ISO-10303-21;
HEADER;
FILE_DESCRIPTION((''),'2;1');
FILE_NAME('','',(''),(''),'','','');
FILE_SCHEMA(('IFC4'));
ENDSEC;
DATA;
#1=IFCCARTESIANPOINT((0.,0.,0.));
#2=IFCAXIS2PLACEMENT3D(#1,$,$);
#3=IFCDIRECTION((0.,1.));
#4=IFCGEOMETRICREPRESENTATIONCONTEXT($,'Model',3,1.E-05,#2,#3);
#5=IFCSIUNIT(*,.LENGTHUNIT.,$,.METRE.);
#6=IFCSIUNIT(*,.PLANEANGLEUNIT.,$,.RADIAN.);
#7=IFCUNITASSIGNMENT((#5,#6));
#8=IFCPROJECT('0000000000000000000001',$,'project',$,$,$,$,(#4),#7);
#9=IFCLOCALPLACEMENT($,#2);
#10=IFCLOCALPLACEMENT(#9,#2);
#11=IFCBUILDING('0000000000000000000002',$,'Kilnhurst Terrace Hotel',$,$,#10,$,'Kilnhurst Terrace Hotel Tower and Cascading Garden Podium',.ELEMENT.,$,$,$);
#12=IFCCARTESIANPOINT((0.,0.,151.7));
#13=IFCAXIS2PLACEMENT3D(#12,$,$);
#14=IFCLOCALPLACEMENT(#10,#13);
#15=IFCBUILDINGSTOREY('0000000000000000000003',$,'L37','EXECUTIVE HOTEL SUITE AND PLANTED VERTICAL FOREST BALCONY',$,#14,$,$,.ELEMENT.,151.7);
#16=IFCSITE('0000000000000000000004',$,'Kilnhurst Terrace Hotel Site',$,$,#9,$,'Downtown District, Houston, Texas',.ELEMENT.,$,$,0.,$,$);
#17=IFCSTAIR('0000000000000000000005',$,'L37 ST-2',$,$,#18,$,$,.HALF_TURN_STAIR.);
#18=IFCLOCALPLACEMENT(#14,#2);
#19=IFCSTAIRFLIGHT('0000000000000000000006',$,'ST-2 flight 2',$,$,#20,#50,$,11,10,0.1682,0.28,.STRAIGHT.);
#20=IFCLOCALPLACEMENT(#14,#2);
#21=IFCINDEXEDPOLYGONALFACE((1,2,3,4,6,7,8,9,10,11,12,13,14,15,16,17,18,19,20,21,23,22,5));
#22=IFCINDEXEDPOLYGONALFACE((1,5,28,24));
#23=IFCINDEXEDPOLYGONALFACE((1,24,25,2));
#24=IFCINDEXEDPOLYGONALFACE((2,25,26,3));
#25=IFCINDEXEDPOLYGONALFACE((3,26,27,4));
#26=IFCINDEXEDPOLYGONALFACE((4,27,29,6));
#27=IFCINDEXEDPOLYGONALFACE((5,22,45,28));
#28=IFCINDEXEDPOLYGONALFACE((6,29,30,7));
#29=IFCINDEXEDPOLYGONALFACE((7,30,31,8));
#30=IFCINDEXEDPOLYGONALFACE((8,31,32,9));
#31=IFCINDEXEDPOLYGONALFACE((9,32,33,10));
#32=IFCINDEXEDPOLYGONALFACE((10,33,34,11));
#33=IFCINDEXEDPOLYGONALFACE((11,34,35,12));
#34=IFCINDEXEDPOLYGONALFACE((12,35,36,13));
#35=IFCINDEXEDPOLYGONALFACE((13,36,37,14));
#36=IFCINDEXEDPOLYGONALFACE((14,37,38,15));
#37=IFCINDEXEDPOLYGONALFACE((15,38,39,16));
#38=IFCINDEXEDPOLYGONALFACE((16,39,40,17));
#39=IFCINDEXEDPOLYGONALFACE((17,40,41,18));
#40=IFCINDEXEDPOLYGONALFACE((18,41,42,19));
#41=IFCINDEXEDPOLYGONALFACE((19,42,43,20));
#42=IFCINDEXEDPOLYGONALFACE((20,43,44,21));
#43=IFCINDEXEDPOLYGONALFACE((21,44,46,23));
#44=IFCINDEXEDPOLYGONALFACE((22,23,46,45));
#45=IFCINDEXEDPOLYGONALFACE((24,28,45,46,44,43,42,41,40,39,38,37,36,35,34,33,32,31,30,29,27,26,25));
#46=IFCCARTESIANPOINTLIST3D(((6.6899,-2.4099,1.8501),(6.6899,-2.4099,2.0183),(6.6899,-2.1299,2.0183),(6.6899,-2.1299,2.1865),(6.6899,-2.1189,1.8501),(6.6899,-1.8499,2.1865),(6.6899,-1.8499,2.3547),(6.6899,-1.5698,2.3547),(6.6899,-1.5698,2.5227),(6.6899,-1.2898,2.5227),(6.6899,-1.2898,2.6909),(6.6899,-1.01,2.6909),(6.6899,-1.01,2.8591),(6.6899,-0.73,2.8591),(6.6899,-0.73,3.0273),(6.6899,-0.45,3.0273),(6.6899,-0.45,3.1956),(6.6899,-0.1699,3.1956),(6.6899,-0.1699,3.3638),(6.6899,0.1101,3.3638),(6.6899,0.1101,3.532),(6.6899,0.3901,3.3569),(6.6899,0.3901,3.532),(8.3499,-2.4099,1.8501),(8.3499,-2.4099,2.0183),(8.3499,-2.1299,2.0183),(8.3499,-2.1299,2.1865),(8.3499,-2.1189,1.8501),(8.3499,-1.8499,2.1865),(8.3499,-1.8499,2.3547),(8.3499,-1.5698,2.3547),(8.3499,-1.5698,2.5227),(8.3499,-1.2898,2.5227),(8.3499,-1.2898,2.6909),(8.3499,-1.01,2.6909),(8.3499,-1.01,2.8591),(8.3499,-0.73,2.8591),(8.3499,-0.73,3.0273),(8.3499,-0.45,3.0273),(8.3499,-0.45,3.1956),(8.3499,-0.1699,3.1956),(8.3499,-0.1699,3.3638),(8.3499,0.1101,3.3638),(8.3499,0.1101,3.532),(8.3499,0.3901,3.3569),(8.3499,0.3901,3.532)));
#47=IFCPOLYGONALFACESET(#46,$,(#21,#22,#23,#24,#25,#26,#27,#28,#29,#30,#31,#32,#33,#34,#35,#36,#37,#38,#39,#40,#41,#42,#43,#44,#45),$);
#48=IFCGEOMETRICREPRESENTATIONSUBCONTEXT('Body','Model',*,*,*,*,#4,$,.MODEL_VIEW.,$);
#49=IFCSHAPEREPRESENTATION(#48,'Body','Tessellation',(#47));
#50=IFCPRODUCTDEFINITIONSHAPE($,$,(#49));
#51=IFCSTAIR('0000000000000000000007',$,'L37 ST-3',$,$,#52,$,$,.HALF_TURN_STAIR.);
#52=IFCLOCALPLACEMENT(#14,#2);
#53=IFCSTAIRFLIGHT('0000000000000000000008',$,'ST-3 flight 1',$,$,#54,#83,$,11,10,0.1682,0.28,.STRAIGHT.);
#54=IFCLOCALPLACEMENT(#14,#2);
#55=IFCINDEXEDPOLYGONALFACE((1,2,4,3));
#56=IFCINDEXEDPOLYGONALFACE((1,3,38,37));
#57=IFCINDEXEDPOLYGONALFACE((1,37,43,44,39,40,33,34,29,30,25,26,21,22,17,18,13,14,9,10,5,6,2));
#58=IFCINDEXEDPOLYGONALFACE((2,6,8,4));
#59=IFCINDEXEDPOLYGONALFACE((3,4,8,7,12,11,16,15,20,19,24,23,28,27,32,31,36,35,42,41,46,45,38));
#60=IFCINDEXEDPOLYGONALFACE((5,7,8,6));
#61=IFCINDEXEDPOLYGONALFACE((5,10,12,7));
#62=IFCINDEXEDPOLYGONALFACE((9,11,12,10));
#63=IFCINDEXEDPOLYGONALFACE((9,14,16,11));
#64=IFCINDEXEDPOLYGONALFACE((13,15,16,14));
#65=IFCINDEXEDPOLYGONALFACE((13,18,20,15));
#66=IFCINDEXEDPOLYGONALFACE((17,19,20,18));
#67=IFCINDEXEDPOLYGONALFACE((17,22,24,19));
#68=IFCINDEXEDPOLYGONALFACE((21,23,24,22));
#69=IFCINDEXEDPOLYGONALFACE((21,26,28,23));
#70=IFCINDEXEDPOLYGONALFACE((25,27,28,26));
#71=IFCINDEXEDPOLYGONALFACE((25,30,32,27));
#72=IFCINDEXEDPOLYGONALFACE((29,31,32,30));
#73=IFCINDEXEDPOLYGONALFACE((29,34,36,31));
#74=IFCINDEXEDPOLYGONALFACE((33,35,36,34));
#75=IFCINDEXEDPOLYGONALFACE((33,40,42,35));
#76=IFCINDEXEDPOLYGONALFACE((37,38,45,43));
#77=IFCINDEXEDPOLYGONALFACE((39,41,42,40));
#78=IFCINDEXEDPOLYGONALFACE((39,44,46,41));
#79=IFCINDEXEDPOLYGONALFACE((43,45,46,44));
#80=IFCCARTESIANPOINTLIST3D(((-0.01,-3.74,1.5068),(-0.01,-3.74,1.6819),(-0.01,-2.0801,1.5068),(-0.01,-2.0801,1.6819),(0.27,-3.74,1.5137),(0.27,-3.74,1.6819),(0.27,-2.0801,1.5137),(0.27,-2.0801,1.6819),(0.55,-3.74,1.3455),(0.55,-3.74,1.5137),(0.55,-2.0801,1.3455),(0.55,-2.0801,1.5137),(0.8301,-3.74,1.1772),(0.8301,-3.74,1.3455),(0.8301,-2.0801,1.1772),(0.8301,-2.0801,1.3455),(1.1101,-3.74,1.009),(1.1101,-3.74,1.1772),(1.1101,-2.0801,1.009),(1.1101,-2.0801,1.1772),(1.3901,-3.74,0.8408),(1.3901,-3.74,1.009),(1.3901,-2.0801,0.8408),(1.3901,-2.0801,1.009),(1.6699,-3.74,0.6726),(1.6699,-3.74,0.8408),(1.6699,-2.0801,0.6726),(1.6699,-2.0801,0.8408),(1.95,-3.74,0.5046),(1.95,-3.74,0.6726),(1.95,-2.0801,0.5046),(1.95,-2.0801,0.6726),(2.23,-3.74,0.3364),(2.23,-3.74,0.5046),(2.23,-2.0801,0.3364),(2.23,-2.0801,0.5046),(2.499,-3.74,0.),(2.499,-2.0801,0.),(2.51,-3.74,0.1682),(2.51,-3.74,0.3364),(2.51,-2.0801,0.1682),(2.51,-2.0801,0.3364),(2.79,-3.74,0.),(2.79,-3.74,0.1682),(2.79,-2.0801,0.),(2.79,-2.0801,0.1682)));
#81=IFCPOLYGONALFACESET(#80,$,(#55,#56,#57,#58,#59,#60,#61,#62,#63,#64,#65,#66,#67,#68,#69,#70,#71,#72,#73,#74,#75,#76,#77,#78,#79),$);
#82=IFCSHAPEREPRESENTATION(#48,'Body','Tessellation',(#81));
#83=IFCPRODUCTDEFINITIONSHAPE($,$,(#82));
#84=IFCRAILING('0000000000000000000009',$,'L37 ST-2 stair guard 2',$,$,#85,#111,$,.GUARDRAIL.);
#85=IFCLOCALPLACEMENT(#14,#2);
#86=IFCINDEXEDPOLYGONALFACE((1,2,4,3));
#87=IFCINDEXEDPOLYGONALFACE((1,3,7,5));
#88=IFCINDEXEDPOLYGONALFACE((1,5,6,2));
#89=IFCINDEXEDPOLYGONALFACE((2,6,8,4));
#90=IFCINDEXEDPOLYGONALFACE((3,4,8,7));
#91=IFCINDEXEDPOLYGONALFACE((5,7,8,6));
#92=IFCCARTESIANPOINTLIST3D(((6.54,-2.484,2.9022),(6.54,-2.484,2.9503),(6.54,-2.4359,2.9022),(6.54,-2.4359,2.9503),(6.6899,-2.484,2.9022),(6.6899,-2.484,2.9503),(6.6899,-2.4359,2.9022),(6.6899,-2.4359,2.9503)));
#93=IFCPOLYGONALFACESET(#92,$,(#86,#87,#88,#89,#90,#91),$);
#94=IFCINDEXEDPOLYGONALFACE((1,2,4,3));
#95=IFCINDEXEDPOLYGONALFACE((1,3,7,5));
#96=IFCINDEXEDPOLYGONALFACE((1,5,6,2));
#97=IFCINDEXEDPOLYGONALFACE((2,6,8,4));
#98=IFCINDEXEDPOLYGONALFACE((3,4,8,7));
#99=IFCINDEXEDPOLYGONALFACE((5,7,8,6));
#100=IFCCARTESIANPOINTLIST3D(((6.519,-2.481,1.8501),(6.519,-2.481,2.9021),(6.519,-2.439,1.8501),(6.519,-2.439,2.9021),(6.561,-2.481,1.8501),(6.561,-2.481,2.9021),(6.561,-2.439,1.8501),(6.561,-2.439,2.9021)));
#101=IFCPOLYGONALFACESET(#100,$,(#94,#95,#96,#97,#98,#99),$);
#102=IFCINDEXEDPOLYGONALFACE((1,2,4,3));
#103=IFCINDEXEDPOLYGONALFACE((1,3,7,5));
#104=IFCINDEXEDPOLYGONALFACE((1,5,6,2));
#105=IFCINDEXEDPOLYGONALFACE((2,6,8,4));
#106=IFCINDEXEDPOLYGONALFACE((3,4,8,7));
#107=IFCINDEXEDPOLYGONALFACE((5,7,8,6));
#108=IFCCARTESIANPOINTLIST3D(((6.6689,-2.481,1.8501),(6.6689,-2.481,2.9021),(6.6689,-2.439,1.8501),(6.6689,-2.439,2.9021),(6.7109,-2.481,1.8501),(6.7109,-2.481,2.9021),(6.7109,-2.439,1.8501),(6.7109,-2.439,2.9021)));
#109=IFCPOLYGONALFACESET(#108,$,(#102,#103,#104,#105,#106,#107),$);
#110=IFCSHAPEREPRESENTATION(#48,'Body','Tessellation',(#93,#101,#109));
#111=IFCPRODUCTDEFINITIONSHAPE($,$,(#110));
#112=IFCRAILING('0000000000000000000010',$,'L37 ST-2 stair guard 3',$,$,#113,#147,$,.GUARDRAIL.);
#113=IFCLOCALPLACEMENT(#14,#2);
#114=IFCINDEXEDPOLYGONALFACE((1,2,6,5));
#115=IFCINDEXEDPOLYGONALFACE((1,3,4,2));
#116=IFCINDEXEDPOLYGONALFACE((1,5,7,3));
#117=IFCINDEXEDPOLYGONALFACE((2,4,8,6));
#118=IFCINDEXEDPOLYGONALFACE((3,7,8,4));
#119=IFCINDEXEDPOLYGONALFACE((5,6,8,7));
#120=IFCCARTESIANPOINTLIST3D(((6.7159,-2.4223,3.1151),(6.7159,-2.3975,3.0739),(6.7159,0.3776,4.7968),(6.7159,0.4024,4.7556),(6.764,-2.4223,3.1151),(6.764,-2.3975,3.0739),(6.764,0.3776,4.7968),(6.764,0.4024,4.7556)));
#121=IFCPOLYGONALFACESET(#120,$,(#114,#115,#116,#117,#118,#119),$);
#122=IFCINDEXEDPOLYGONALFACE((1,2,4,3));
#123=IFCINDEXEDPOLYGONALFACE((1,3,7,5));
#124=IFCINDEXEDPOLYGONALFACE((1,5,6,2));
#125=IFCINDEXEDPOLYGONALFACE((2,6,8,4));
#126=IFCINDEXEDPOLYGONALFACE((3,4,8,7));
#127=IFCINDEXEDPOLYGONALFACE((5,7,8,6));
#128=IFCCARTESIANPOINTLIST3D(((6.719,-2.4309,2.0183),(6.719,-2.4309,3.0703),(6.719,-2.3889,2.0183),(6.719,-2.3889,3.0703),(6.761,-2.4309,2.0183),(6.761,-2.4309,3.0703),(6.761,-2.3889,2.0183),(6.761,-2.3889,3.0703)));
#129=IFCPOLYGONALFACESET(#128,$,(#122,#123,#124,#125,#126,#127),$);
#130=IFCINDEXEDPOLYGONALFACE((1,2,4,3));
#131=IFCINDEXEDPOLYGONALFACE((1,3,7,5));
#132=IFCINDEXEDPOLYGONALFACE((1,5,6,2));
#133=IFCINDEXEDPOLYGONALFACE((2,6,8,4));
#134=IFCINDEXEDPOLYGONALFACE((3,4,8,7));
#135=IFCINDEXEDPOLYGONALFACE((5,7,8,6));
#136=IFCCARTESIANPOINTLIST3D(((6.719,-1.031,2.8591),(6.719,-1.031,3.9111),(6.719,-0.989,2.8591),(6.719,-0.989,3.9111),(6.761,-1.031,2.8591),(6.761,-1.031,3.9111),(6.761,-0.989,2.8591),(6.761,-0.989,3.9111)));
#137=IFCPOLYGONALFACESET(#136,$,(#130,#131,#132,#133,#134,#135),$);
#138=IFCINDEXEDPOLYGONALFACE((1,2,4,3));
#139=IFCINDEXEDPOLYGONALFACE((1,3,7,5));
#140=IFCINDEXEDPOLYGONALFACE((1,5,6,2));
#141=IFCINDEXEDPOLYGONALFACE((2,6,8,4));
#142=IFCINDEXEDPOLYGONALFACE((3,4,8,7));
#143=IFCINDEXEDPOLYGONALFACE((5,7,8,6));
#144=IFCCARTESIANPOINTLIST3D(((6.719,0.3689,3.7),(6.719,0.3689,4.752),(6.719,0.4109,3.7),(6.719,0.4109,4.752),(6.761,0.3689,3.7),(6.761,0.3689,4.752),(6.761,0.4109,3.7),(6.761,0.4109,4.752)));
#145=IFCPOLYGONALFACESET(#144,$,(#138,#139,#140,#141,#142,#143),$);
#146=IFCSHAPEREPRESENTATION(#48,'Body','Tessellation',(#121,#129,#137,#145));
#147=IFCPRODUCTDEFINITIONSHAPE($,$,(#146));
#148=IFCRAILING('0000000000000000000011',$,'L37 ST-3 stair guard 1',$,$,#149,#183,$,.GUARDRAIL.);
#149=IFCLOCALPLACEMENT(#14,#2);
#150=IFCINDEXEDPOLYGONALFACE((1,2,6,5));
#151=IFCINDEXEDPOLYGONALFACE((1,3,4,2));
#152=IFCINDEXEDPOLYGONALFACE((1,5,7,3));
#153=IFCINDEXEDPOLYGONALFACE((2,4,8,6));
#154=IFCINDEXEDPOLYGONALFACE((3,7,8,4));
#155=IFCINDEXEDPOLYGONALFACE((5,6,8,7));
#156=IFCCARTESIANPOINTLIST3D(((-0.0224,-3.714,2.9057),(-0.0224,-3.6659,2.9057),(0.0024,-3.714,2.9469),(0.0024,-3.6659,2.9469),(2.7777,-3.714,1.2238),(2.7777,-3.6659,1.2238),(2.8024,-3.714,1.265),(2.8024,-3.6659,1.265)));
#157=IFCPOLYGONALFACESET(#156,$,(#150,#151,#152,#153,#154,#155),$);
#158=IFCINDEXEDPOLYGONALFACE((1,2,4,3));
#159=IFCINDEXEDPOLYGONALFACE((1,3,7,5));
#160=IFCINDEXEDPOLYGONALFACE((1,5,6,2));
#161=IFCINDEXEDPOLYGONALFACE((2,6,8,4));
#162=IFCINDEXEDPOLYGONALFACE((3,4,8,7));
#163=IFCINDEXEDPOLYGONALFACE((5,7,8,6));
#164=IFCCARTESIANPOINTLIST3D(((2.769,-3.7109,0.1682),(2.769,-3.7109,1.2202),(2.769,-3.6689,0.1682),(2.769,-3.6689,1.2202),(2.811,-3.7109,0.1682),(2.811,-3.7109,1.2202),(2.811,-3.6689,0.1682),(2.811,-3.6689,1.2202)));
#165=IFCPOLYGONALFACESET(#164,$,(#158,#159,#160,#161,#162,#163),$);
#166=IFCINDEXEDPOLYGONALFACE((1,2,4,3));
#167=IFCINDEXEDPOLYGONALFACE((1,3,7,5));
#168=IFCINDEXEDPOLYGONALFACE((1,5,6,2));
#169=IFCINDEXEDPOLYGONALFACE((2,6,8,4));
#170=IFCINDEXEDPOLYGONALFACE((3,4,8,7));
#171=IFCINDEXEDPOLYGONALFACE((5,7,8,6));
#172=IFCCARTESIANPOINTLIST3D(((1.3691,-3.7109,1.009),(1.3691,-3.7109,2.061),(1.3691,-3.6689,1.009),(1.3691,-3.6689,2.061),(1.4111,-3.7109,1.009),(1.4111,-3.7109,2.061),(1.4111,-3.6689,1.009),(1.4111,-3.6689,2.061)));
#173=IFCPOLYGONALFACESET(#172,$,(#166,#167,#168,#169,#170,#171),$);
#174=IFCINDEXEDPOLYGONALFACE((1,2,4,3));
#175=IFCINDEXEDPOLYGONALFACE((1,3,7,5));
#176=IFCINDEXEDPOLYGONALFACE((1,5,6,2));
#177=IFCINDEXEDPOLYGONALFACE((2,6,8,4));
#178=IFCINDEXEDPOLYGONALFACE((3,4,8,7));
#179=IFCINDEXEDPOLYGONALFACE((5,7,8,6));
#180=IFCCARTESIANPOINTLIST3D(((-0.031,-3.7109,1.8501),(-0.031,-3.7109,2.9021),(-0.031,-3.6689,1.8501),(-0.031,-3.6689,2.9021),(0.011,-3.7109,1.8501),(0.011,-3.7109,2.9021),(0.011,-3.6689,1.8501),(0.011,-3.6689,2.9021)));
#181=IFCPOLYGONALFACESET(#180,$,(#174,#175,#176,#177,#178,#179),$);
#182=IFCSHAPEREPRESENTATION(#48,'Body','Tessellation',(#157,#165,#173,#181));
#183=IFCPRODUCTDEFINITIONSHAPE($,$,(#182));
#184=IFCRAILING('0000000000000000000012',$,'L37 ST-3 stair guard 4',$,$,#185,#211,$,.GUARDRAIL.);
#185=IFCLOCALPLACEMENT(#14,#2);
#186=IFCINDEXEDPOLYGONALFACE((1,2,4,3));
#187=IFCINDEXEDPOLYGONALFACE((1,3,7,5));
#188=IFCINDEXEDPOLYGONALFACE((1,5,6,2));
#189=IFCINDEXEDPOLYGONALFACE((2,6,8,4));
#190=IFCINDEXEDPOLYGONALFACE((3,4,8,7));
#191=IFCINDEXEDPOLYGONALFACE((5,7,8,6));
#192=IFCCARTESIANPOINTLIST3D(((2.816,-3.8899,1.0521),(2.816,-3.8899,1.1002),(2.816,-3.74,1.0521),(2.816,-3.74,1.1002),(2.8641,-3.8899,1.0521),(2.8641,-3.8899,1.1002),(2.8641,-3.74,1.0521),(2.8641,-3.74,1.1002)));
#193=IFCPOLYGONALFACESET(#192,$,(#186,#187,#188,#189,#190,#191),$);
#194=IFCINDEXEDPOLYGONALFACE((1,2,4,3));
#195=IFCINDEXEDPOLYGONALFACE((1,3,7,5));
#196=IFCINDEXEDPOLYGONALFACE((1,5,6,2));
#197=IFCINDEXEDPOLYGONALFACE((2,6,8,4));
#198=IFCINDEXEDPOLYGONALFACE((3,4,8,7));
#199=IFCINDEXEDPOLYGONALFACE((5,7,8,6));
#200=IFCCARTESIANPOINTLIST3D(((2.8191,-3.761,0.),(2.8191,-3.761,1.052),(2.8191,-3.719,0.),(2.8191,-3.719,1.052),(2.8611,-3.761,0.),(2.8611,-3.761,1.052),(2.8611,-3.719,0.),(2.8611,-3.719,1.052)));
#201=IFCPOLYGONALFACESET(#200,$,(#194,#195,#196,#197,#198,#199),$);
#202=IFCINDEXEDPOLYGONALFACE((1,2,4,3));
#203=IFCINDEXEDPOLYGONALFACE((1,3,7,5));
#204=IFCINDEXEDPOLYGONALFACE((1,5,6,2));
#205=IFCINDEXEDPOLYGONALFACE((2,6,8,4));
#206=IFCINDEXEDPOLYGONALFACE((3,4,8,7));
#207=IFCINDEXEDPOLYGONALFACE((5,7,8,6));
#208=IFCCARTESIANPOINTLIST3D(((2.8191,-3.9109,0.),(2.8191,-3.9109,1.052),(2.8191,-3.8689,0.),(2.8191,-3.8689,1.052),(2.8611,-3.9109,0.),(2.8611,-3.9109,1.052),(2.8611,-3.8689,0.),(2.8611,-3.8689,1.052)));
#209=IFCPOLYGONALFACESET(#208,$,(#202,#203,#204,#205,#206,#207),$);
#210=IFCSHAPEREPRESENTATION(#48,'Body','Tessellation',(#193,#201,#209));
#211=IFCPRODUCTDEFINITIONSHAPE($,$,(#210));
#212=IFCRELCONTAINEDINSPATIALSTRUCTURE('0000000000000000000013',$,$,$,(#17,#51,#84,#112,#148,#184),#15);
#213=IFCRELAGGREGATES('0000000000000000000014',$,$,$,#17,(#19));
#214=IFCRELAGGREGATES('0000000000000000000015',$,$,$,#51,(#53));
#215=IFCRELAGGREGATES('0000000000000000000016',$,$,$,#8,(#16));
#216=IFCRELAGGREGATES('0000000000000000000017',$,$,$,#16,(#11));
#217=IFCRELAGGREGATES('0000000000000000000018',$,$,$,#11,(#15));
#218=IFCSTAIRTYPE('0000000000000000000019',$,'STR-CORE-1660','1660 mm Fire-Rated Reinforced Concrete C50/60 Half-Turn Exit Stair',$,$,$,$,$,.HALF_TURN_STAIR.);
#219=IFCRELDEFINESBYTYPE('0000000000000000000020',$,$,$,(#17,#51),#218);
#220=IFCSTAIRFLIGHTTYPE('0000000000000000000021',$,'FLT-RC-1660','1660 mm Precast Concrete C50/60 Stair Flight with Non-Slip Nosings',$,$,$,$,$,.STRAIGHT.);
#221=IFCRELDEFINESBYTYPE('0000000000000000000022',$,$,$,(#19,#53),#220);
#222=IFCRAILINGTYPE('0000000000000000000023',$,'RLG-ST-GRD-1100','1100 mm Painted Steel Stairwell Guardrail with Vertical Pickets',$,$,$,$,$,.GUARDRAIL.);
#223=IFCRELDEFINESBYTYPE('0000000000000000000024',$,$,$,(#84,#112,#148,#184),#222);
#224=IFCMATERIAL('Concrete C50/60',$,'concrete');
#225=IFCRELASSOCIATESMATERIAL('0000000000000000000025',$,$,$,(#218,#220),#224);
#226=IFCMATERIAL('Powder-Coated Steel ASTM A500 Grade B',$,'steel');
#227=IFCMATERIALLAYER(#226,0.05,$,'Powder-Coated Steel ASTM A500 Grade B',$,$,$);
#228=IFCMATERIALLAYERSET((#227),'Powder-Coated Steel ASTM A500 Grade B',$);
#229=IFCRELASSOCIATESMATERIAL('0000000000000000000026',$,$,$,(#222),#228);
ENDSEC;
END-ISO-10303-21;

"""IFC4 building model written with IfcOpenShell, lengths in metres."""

from ifc_helpers import new_model, si_unit, direction, frame, origin, origin_2d, place, context, subcontext, project, spatial, polyline, rectangle, outline, extrude, material, layer, layer_set, type_object, element, aggregate, save


model = new_model("IFC4")

# Units and contexts
model_context = context("Model", 3, precision=1e-05, world=origin(), true_north=direction((0.0, 1.0)))
body_context = subcontext(model_context, "Body", "Model", "MODEL_VIEW")
ifc_project = project(units=[si_unit("LENGTHUNIT", "METRE"), si_unit("PLANEANGLEUNIT", "RADIAN")], contexts=[model_context])

# Site, building, storey
site_placement = place(None, origin())
site = spatial("IfcSite", under=ifc_project, at=site_placement, Name="Kilnhurst Terrace Hotel Site", LongName="Downtown District, Houston, Texas", CompositionType="ELEMENT", RefElevation=0.0)
building_placement = place(site_placement, origin())
building = spatial("IfcBuilding", under=site, at=building_placement, Name="Kilnhurst Terrace Hotel", LongName="Kilnhurst Terrace Hotel Tower and Cascading Garden Podium", CompositionType="ELEMENT")
storey_placement = place(building_placement, frame((0.0, 0.0, 151.7)))
storey = spatial("IfcBuildingStorey", under=building, at=storey_placement, Name="L37", Description="EXECUTIVE HOTEL SUITE AND PLANTED VERTICAL FOREST BALCONY", CompositionType="ELEMENT", Elevation=151.7)

# Shared definitions
ifc_material_1 = material(Name="Concrete C50/60", Category="concrete")

# Stairs, stair flights
stair_type = type_object("IfcStairType", Name="STR-CORE-1660", Description="1660 mm Fire-Rated Reinforced Concrete C50/60 Half-Turn Exit Stair", PredefinedType="HALF_TURN_STAIR", material=ifc_material_1)
stair_1_placement = place(storey_placement, origin())
stair_1 = element("IfcStair", 1, at=stair_1_placement, inside=storey, type_object=stair_type, Name="L37 ST-2", PredefinedType="HALF_TURN_STAIR")
stair_flight_type = type_object("IfcStairFlightType", Name="FLT-RC-1660", Description="1660 mm Precast Concrete C50/60 Stair Flight with Non-Slip Nosings", PredefinedType="STRAIGHT", material=ifc_material_1)
stair_flight_1_placement = place(storey_placement, frame((7.52, -2.4099, 1.8501), z_axis=(0.0, 0.0, 1.0), x_axis=(0.0, 1.0, 0.0)))
stair_flight_1 = element("IfcStairFlight", 2, at=stair_flight_1_placement, type_object=stair_flight_type, Name="ST-2 flight 2", NumberOfRisers=11, NumberOfTreads=10, PredefinedType="STRAIGHT", RiserHeight=0.1682, TreadLength=0.28, context=body_context, shape_type="SweptSolid", body=[
    extrude(outline(polyline([(0.0, 0.0), (0.0, 0.1682), (0.28, 0.1682), (0.28, 0.3364), (0.5601, 0.3364), (0.5601, 0.5046), (0.8401, 0.5046), (0.8401, 0.6726), (1.1201, 0.6726), (1.1201, 0.8408), (1.3999, 0.8408), (1.3999, 1.009), (1.6799, 1.009), (1.6799, 1.1772), (1.96, 1.1772), (1.96, 1.3455), (2.24, 1.3455), (2.24, 1.5137), (2.52, 1.5137), (2.52, 1.6819), (2.8, 1.6819), (2.8, 1.8501), (2.8, 1.5068), (0.291, 0.0), (0.0, 0.0)])), frame((0.0, 0.8301, 0.0), z_axis=(0.0, -1.0, 0.0), x_axis=(1.0, 0.0, 0.0)), (0.0, 0.0, 1.0), 1.6599),
])
aggregate(stair_1, [stair_flight_1])
stair_2_placement = place(storey_placement, origin())
stair_2 = element("IfcStair", 3, at=stair_2_placement, inside=storey, type_object=stair_type, Name="L37 ST-3", PredefinedType="HALF_TURN_STAIR")
stair_flight_2_placement = place(storey_placement, frame((2.79, -2.9099, 0.0), z_axis=(0.0, 0.0, 1.0), x_axis=(-1.0, 0.0, 0.0)))
stair_flight_2 = element("IfcStairFlight", 4, at=stair_flight_2_placement, type_object=stair_flight_type, Name="ST-3 flight 1", NumberOfRisers=11, NumberOfTreads=10, PredefinedType="STRAIGHT", RiserHeight=0.1682, TreadLength=0.28, context=body_context, shape_type="SweptSolid", body=[
    extrude(outline(polyline([(0.0, 0.0), (0.0, 0.1682), (0.28, 0.1682), (0.28, 0.3364), (0.5601, 0.3364), (0.5601, 0.5046), (0.8401, 0.5046), (0.8401, 0.6726), (1.1201, 0.6726), (1.1201, 0.8408), (1.3999, 0.8408), (1.3999, 1.009), (1.6799, 1.009), (1.6799, 1.1772), (1.96, 1.1772), (1.96, 1.3455), (2.24, 1.3455), (2.24, 1.5137), (2.52, 1.5137), (2.52, 1.6819), (2.8, 1.6819), (2.8, 1.8501), (2.8, 1.5068), (0.291, 0.0), (0.0, 0.0)])), frame((0.0, 0.8301, 0.0), z_axis=(0.0, -1.0, 0.0), x_axis=(1.0, 0.0, 0.0)), (0.0, 0.0, 1.0), 1.6599),
])
aggregate(stair_2, [stair_flight_2])

# Railings
ifc_material_2 = material(Name="Powder-Coated Steel ASTM A500 Grade B", Category="steel")
ifc_layer_1 = layer(ifc_material_2, 0.05, Name="Powder-Coated Steel ASTM A500 Grade B")
ifc_layer_set_1 = layer_set([ifc_layer_1], Name="Powder-Coated Steel ASTM A500 Grade B")
railing_type_1 = type_object("IfcRailingType", Name="RLG-ST-GRD-1100", Description="1100 mm Painted Steel Stairwell Guardrail with Vertical Pickets", PredefinedType="GUARDRAIL", material=ifc_layer_set_1)
railing_1_placement = place(storey_placement, frame((6.54, -2.46, 1.8501)))
element("IfcRailing", 5, at=railing_1_placement, inside=storey, type_object=railing_type_1, Name="L37 ST-2 stair guard 2", PredefinedType="GUARDRAIL", context=body_context, shape_type="SweptSolid", body=[
    extrude(rectangle(XDim=0.0481, YDim=0.0481, at=origin_2d()), frame((0.0, 0.0, 1.0762), z_axis=(1.0, 0.0, 0.0), x_axis=(0.0, 1.0, 0.0)), (0.0, 0.0, 1.0), 0.1499),
    extrude(rectangle(XDim=0.042, YDim=0.042, at=origin_2d()), origin(), (0.0, 0.0, 1.0), 1.052),
    extrude(rectangle(XDim=0.042, YDim=0.042, at=origin_2d()), frame((0.1499, 0.0, 0.0)), (0.0, 0.0, 1.0), 1.052),
])
railing_2_placement = place(storey_placement, frame((6.74, -2.4099, 2.0183)))
element("IfcRailing", 6, at=railing_2_placement, inside=storey, type_object=railing_type_1, Name="L37 ST-2 stair guard 3", PredefinedType="GUARDRAIL", context=body_context, shape_type="SweptSolid", body=[
    extrude(rectangle(XDim=0.0481, YDim=0.0481, at=origin_2d()), frame((0.0, 0.0, 1.0762), z_axis=(0.0, 0.857255, 0.514891), x_axis=(-1.0, 0.0, 0.0)), (0.0, 0.0, 1.0), 3.2661),
    extrude(rectangle(XDim=0.042, YDim=0.042, at=origin_2d()), origin(), (0.0, 0.0, 1.0), 1.052),
    extrude(rectangle(XDim=0.042, YDim=0.042, at=origin_2d()), frame((0.0, 1.3999, 0.8408)), (0.0, 0.0, 1.0), 1.052),
    extrude(rectangle(XDim=0.042, YDim=0.042, at=origin_2d()), frame((0.0, 2.7998, 1.6816)), (0.0, 0.0, 1.0), 1.052),
])
railing_3_placement = place(storey_placement, frame((2.79, -3.6899, 0.1682)))
element("IfcRailing", 7, at=railing_3_placement, inside=storey, type_object=railing_type_1, Name="L37 ST-3 stair guard 1", PredefinedType="GUARDRAIL", context=body_context, shape_type="SweptSolid", body=[
    extrude(rectangle(XDim=0.0481, YDim=0.0481, at=origin_2d()), frame((0.0, 0.0, 1.0762), z_axis=(-0.857242, 0.0, 0.514913), x_axis=(0.0, -1.0, 0.0)), (0.0, 0.0, 1.0), 3.2664),
    extrude(rectangle(XDim=0.042, YDim=0.042, at=origin_2d()), origin(), (0.0, 0.0, 1.0), 1.052),
    extrude(rectangle(XDim=0.042, YDim=0.042, at=origin_2d()), frame((-1.3999, 0.0, 0.8408)), (0.0, 0.0, 1.0), 1.052),
    extrude(rectangle(XDim=0.042, YDim=0.042, at=origin_2d()), frame((-2.8, 0.0, 1.6819)), (0.0, 0.0, 1.0), 1.052),
])
railing_4_placement = place(storey_placement, frame((2.8401, -3.74, 0.0)))
element("IfcRailing", 8, at=railing_4_placement, inside=storey, type_object=railing_type_1, Name="L37 ST-3 stair guard 4", PredefinedType="GUARDRAIL", context=body_context, shape_type="SweptSolid", body=[
    extrude(rectangle(XDim=0.0481, YDim=0.0481, at=origin_2d()), frame((0.0, 0.0, 1.0762), z_axis=(0.0, -1.0, 0.0), x_axis=(1.0, 0.0, 0.0)), (0.0, 0.0, 1.0), 0.1499),
    extrude(rectangle(XDim=0.042, YDim=0.042, at=origin_2d()), origin(), (0.0, 0.0, 1.0), 1.052),
    extrude(rectangle(XDim=0.042, YDim=0.042, at=origin_2d()), frame((0.0, -0.1499, 0.0)), (0.0, 0.0, 1.0), 1.052),
])

save(model, "model.ifc")
